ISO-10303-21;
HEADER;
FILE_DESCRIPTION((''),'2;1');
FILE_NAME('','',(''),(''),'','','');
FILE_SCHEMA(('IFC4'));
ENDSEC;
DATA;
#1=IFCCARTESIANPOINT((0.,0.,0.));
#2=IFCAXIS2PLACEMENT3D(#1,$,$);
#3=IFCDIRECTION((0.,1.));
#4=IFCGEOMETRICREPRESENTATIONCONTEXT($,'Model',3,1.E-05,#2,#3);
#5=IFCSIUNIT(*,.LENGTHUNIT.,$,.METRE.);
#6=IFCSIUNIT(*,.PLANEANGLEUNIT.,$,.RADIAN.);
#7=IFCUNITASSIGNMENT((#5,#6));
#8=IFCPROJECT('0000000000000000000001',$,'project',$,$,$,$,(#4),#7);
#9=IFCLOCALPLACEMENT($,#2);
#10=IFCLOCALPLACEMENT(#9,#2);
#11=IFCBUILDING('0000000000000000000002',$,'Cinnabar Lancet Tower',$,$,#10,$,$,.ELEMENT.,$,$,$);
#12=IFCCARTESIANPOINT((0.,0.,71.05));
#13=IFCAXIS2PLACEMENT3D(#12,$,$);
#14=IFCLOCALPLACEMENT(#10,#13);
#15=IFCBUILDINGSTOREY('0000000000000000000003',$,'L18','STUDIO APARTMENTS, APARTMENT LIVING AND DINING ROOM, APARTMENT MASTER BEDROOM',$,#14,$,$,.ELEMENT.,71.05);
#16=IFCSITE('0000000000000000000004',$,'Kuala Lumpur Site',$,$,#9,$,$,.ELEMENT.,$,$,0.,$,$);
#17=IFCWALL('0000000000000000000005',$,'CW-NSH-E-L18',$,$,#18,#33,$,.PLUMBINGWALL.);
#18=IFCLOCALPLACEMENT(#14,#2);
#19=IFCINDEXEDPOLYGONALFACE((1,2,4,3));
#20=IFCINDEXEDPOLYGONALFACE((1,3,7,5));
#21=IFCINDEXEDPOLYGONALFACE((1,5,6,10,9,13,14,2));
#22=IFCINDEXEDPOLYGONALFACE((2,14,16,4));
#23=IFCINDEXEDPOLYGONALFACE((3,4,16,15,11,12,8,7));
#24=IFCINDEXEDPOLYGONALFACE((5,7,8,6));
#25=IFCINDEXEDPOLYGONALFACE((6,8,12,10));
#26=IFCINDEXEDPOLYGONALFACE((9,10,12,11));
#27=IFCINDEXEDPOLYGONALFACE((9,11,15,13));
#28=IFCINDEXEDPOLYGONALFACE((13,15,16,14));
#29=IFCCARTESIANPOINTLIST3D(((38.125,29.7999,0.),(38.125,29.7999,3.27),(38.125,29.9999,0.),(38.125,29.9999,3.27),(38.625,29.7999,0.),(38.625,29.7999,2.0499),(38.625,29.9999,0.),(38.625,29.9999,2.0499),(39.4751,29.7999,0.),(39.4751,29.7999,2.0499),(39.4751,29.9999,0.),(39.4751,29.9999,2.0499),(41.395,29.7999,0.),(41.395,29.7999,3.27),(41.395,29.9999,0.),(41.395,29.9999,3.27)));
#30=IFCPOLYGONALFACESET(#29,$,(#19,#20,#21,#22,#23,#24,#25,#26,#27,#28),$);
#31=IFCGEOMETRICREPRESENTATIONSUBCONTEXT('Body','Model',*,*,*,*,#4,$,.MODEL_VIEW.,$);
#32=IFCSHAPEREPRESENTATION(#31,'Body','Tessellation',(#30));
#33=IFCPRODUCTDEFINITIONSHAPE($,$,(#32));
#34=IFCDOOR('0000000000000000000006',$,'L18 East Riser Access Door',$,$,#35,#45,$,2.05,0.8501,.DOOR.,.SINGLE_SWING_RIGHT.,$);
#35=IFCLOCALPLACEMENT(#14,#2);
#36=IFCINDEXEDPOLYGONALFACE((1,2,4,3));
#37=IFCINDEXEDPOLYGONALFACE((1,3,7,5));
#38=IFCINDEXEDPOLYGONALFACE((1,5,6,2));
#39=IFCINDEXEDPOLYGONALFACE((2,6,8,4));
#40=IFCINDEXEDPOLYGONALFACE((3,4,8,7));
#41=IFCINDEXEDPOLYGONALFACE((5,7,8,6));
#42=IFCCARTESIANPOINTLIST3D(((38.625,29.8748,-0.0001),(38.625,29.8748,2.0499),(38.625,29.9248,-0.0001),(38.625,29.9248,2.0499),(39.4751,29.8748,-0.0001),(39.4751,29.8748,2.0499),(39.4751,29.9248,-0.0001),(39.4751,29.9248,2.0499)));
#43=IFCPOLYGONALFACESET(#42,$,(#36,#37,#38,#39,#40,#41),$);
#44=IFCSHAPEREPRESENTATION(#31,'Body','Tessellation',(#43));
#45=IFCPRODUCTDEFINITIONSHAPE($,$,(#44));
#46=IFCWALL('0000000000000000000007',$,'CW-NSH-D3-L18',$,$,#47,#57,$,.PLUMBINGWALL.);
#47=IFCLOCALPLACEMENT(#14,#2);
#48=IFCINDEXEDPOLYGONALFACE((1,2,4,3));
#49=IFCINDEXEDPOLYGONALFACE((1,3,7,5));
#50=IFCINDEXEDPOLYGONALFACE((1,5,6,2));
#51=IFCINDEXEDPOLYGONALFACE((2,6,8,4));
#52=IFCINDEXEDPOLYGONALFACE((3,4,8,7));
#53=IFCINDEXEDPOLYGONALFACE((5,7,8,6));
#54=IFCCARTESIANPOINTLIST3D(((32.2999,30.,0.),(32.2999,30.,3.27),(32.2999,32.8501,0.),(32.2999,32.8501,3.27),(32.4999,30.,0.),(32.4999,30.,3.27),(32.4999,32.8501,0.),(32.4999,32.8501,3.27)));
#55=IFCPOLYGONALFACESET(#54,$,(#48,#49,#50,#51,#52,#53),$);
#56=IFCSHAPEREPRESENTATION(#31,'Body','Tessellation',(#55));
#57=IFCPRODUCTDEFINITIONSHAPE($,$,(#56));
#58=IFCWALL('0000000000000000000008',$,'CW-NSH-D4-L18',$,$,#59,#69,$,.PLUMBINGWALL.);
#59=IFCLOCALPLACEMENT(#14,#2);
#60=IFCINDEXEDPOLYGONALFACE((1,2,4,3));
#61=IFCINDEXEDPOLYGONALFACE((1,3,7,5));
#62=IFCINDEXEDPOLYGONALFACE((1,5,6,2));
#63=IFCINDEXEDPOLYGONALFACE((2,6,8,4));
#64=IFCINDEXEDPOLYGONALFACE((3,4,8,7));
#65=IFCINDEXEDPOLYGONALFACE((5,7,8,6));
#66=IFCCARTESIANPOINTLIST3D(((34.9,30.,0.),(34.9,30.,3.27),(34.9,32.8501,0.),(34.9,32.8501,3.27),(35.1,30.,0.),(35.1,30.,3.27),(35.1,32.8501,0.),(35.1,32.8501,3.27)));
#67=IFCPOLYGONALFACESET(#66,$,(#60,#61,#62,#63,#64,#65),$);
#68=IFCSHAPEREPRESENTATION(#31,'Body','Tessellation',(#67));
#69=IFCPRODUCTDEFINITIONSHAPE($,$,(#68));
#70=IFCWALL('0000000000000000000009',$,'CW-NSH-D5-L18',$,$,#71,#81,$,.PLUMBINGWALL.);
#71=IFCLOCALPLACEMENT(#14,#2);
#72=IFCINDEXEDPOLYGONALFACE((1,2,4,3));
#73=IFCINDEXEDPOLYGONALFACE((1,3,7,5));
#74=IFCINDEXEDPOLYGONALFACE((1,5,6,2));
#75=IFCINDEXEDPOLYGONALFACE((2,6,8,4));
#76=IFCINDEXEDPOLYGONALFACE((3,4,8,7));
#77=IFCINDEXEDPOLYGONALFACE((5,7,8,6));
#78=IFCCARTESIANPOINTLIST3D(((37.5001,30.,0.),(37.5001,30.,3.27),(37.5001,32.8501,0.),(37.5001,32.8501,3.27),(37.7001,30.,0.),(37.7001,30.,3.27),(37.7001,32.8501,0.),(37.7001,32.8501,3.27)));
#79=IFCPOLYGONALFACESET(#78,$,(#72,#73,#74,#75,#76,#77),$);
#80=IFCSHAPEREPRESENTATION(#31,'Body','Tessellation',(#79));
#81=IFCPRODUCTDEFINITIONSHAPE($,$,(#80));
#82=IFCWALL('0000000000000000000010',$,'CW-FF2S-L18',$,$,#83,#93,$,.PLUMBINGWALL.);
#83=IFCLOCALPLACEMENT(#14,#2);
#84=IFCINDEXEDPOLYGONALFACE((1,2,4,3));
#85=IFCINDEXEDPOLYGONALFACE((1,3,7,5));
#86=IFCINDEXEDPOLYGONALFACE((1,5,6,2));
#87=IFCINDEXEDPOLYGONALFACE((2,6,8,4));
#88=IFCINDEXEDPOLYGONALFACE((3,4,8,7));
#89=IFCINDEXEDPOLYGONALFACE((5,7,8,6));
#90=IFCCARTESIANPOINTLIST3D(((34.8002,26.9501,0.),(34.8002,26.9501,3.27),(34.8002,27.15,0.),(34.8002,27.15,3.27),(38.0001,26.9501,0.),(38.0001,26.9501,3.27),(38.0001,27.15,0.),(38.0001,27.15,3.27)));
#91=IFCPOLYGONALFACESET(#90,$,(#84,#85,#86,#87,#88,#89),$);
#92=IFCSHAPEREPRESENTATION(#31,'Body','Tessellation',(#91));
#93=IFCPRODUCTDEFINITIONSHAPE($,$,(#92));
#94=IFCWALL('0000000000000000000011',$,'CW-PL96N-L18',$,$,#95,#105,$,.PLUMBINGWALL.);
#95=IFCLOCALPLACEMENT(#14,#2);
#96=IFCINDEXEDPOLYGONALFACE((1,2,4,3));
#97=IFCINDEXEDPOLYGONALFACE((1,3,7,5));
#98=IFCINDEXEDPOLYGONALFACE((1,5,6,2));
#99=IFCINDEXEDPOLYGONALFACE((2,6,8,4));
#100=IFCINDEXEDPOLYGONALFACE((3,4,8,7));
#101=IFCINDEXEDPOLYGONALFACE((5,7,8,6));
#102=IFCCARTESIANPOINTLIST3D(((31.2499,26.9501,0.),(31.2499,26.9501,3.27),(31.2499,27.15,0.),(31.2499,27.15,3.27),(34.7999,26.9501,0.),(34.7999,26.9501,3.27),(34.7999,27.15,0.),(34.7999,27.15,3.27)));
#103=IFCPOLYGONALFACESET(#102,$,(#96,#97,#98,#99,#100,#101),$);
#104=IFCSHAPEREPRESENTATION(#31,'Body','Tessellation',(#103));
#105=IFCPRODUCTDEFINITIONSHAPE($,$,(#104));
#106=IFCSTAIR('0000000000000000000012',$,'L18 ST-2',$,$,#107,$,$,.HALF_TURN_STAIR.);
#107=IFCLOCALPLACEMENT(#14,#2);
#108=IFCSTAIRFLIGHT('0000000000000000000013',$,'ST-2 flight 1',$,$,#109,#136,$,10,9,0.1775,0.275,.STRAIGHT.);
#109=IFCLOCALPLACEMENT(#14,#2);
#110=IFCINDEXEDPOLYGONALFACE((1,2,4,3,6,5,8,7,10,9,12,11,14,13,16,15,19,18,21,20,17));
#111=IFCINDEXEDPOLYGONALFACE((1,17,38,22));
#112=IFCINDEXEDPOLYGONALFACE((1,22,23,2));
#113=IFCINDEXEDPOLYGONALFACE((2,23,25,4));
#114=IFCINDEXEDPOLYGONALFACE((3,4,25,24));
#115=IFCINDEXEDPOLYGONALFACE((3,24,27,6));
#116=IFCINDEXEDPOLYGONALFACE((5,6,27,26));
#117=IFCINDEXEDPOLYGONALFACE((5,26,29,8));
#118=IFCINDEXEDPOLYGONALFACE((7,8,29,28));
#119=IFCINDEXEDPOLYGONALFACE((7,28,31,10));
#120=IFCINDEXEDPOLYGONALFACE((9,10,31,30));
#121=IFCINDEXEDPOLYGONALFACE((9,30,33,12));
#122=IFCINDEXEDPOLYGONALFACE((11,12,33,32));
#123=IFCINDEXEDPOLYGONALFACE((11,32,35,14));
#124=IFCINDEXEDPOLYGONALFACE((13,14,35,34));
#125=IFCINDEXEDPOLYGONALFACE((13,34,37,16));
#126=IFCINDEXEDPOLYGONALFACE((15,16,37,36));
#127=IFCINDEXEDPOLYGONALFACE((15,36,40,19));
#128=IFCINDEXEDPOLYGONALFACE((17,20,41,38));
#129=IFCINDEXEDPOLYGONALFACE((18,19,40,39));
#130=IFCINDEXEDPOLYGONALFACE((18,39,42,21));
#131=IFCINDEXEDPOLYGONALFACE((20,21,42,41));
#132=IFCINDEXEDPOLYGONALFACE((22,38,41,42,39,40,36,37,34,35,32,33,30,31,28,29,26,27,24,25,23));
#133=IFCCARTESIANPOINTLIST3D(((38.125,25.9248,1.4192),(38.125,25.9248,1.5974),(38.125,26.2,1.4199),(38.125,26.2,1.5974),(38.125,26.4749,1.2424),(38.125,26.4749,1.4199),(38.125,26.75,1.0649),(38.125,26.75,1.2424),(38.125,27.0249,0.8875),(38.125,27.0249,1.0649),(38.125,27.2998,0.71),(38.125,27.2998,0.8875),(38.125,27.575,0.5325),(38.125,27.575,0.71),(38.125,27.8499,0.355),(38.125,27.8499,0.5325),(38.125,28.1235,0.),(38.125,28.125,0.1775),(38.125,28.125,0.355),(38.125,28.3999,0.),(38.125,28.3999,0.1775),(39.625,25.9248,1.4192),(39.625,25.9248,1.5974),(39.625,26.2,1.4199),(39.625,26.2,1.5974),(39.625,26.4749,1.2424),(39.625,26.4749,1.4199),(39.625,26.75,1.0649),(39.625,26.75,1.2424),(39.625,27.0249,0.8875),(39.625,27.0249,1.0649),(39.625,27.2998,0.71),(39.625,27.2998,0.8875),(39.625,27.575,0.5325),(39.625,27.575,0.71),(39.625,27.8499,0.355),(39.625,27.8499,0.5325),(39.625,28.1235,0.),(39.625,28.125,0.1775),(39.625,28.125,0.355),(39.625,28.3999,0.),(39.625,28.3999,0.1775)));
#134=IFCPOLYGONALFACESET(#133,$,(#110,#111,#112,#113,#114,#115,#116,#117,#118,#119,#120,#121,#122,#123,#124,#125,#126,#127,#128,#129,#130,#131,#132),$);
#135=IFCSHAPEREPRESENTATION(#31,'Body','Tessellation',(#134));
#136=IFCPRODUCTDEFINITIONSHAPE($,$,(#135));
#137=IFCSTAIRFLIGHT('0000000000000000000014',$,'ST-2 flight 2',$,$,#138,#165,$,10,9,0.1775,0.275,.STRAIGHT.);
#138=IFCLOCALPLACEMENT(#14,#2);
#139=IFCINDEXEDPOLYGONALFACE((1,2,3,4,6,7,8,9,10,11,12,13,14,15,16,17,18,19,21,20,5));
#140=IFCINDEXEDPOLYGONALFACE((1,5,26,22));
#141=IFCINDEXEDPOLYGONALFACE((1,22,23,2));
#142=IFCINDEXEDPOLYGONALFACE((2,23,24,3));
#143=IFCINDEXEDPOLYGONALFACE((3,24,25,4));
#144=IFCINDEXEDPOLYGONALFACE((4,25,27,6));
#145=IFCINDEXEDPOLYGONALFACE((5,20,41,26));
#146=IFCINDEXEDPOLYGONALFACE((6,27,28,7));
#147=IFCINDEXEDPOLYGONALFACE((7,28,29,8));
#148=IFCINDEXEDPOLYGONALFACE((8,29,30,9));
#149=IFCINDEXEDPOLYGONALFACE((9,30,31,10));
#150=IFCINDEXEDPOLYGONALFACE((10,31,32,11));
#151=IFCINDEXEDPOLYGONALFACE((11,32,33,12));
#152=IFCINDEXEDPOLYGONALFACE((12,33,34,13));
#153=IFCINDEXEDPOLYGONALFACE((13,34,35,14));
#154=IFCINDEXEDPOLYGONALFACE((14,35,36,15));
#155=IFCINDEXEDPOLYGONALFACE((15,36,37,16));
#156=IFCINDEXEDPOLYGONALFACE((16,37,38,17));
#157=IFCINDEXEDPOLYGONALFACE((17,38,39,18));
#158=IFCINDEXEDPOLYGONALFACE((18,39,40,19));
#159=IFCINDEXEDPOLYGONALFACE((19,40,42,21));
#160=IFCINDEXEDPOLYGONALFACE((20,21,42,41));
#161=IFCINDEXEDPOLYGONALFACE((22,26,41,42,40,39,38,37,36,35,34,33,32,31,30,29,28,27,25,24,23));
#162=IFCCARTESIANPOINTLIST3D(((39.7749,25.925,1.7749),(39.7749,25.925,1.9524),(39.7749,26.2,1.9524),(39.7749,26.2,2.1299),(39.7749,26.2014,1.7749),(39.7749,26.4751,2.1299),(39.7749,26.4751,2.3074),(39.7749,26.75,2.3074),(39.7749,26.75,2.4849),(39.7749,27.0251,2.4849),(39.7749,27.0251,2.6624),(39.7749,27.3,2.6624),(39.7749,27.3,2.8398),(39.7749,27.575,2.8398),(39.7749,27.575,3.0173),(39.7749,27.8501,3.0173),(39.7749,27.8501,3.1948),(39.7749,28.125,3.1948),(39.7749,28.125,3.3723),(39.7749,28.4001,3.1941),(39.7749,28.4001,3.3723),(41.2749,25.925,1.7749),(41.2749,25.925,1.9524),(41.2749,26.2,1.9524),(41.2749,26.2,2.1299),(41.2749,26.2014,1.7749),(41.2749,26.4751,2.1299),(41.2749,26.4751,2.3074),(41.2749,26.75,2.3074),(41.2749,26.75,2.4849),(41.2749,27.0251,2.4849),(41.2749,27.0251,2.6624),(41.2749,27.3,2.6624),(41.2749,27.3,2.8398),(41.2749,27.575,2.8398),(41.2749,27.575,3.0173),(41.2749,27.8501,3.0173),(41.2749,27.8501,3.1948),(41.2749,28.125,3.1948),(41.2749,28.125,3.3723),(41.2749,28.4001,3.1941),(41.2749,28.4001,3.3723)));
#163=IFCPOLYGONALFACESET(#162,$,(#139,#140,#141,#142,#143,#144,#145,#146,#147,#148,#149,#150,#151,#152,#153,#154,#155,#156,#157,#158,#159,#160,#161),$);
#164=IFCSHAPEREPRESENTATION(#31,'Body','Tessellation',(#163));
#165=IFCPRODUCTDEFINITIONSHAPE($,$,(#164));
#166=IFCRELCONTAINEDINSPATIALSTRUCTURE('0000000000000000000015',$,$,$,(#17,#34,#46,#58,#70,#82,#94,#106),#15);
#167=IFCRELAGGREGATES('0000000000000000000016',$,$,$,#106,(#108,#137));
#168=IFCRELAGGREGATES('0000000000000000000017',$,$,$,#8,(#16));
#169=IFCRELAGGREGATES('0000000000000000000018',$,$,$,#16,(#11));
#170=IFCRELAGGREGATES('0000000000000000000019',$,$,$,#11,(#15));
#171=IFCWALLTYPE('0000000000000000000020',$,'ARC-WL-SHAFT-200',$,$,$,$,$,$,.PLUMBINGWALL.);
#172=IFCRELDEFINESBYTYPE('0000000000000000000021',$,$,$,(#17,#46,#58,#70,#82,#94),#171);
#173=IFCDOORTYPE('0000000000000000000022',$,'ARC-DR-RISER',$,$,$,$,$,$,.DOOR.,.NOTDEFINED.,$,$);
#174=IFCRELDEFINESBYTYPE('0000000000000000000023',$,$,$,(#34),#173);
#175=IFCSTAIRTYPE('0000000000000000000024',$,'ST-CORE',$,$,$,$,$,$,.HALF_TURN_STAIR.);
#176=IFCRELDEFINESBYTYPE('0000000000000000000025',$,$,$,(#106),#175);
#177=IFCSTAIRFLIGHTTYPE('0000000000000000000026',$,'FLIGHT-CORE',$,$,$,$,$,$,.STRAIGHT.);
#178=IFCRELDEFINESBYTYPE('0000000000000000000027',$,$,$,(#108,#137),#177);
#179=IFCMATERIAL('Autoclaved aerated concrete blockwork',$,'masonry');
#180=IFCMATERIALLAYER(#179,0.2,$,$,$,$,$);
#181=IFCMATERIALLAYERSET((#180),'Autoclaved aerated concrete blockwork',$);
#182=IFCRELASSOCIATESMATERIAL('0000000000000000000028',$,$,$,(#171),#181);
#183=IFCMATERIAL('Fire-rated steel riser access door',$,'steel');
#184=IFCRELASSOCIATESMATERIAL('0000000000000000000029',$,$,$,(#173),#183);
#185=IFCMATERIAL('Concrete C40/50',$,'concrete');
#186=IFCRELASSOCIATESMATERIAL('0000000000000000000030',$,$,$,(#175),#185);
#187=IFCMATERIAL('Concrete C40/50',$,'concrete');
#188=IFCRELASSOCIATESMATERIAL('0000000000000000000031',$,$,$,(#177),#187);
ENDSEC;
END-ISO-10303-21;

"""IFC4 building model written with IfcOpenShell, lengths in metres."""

from ifc_helpers import new_model, si_unit, direction, frame, frame_2d, origin, place, context, subcontext, project, spatial, polyline, rectangle, outline, extrude, material, layer, layer_set, type_object, element, fill, aggregate, save


model = new_model("IFC4")

# Units and contexts
model_context = context("Model", 3, precision=1e-05, world=origin(), true_north=direction((0.0, 1.0)))
body_context = subcontext(model_context, "Body", "Model", "MODEL_VIEW")
ifc_project = project(units=[si_unit("LENGTHUNIT", "METRE"), si_unit("PLANEANGLEUNIT", "RADIAN")], contexts=[model_context])

# Site, building, storey
site_placement = place(None, origin())
site = spatial("IfcSite", under=ifc_project, at=site_placement, Name="Kuala Lumpur Site", CompositionType="ELEMENT", RefElevation=0.0)
building_placement = place(site_placement, origin())
building = spatial("IfcBuilding", under=site, at=building_placement, Name="Cinnabar Lancet Tower", CompositionType="ELEMENT")
storey_placement = place(building_placement, frame((0.0, 0.0, 71.05)))
storey = spatial("IfcBuildingStorey", under=building, at=storey_placement, Name="L18", Description="STUDIO APARTMENTS, APARTMENT LIVING AND DINING ROOM, APARTMENT MASTER BEDROOM", CompositionType="ELEMENT", Elevation=71.05)

# Wall, opening, door
ifc_material_1 = material(Name="Autoclaved aerated concrete blockwork", Category="masonry")
ifc_layer_1 = layer(ifc_material_1, 0.2)
ifc_layer_set_1 = layer_set([ifc_layer_1], Name="Autoclaved aerated concrete blockwork")
wall_type_1 = type_object("IfcWallType", Name="ARC-WL-SHAFT-200", PredefinedType="PLUMBINGWALL", material=ifc_layer_set_1)
wall_1_placement = place(storey_placement, frame((38.125, 29.8999, 0.0), z_axis=(0.0, 0.0, 1.0), x_axis=(1.0, 0.0, 0.0)))
wall_1 = element("IfcWall", 1, at=wall_1_placement, inside=storey, type_object=wall_type_1, Name="CW-NSH-E-L18", PredefinedType="PLUMBINGWALL", context=body_context, shape_type="SweptSolid", body=[
    extrude(rectangle(XDim=3.27, YDim=0.2, at=frame_2d((1.635, 0.0))), origin(), (0.0, 0.0, 1.0), 3.27),
])
opening_1_placement = place(wall_1_placement, frame((0.5, 0.0, 0.0)))
opening_1 = element("IfcOpeningElement", 2, at=opening_1_placement, cuts=wall_1, PredefinedType="OPENING", context=body_context, shape_type="SweptSolid", body=[
    extrude(rectangle(XDim=0.8501, YDim=2.05, at=frame_2d((0.425, 1.0249))), frame((0.0, 0.1099, 0.0), z_axis=(0.0, -1.0, 0.0), x_axis=(1.0, 0.0, 0.0)), (0.0, 0.0, 1.0), 0.22),
])
ifc_material_2 = material(Name="Fire-rated steel riser access door", Category="steel")
door_type_1 = type_object("IfcDoorType", Name="ARC-DR-RISER", OperationType="NOTDEFINED", PredefinedType="DOOR", material=ifc_material_2)
door_1_placement = place(opening_1_placement, origin())
door_1 = element("IfcDoor", 3, at=door_1_placement, inside=storey, type_object=door_type_1, Name="L18 East Riser Access Door", OperationType="SINGLE_SWING_RIGHT", OverallHeight=2.05, OverallWidth=0.8501, PredefinedType="DOOR", context=body_context, shape_type="SweptSolid", body=[
    extrude(rectangle(XDim=0.8501, YDim=2.05, at=frame_2d((0.425, 1.0249))), frame((0.0, 0.0249, 0.0), z_axis=(0.0, -1.0, 0.0), x_axis=(1.0, 0.0, 0.0)), (0.0, 0.0, 1.0), 0.05),
])
fill(opening_1, door_1)

# Walls
for number, where, z_axis, x_axis, name in (
    (4, (32.3999, 30.0, 0.0), (0.0, 0.0, 1.0), (0.0, 1.0, 0.0), "CW-NSH-D3-L18"),
    (5, (35.0, 30.0, 0.0), (0.0, 0.0, 1.0), (0.0, 1.0, 0.0), "CW-NSH-D4-L18"),
    (6, (37.6001, 30.0, 0.0), (0.0, 0.0, 1.0), (0.0, 1.0, 0.0), "CW-NSH-D5-L18"),
):
    element("IfcWall", number, at=place(storey_placement, frame(where, z_axis=z_axis, x_axis=x_axis)), inside=storey, type_object=wall_type_1, Name=name, PredefinedType="PLUMBINGWALL", context=body_context, shape_type="SweptSolid", body=[
        extrude(rectangle(XDim=2.8501, YDim=0.2, at=frame_2d((1.425, 0.0))), origin(), (0.0, 0.0, 1.0), 3.27),
    ])

# Walls
wall_2_placement = place(storey_placement, frame((34.8, 27.05, 0.0), z_axis=(0.0, 0.0, 1.0), x_axis=(1.0, 0.0, 0.0)))
element("IfcWall", 7, at=wall_2_placement, inside=storey, type_object=wall_type_1, Name="CW-FF2S-L18", PredefinedType="PLUMBINGWALL", context=body_context, shape_type="SweptSolid", body=[
    extrude(rectangle(XDim=3.2, YDim=0.2, at=frame_2d((1.6001, 0.0))), origin(), (0.0, 0.0, 1.0), 3.27),
])
wall_3_placement = place(storey_placement, frame((31.25, 27.05, 0.0), z_axis=(0.0, 0.0, 1.0), x_axis=(1.0, 0.0, 0.0)))
element("IfcWall", 8, at=wall_3_placement, inside=storey, type_object=wall_type_1, Name="CW-PL96N-L18", PredefinedType="PLUMBINGWALL", context=body_context, shape_type="SweptSolid", body=[
    extrude(rectangle(XDim=3.55, YDim=0.2, at=frame_2d((1.7749, 0.0))), origin(), (0.0, 0.0, 1.0), 3.27),
])

# Stair, stair flights
ifc_material_3 = material(Name="Concrete C40/50", Category="concrete")
stair_type = type_object("IfcStairType", Name="ST-CORE", PredefinedType="HALF_TURN_STAIR", material=ifc_material_3)
stair_placement = place(storey_placement, origin())
stair = element("IfcStair", 9, at=stair_placement, inside=storey, type_object=stair_type, Name="L18 ST-2", PredefinedType="HALF_TURN_STAIR")
ifc_material_4 = material(Name="Concrete C40/50", Category="concrete")
stair_flight_type = type_object("IfcStairFlightType", Name="FLIGHT-CORE", PredefinedType="STRAIGHT", material=ifc_material_4)
stair_flight_1_placement = place(storey_placement, frame((38.875, 28.3999, 0.0), z_axis=(0.0, 0.0, 1.0), x_axis=(0.0, -1.0, 0.0)))
stair_flight_1 = element("IfcStairFlight", 10, at=stair_flight_1_placement, type_object=stair_flight_type, Name="ST-2 flight 1", NumberOfRisers=10, NumberOfTreads=9, PredefinedType="STRAIGHT", RiserHeight=0.1775, TreadLength=0.275, context=body_context, shape_type="SweptSolid", body=[
    extrude(outline(polyline([(0.0, 0.0), (0.0, 0.1775), (0.2749, 0.1775), (0.2749, 0.355), (0.55, 0.355), (0.55, 0.5325), (0.825, 0.5325), (0.825, 0.71), (1.1001, 0.71), (1.1001, 0.8875), (1.375, 0.8875), (1.375, 1.0649), (1.6499, 1.0649), (1.6499, 1.2424), (1.925, 1.2424), (1.925, 1.4199), (2.2, 1.4199), (2.2, 1.5974), (2.4751, 1.5974), (2.4751, 1.7749), (2.4751, 1.4192), (0.2764, 0.0), (0.0, 0.0)])), frame((0.0, 0.75, 0.0), z_axis=(0.0, -1.0, 0.0), x_axis=(1.0, 0.0, 0.0)), (0.0, 0.0, 1.0), 1.5),
])
stair_flight_2_placement = place(storey_placement, frame((40.5249, 25.925, 1.7749), z_axis=(0.0, 0.0, 1.0), x_axis=(0.0, 1.0, 0.0)))
stair_flight_2 = element("IfcStairFlight", 11, at=stair_flight_2_placement, type_object=stair_flight_type, Name="ST-2 flight 2", NumberOfRisers=10, NumberOfTreads=9, PredefinedType="STRAIGHT", RiserHeight=0.1775, TreadLength=0.275, context=body_context, shape_type="SweptSolid", body=[
    extrude(outline(polyline([(0.0, 0.0), (0.0, 0.1775), (0.2749, 0.1775), (0.2749, 0.355), (0.55, 0.355), (0.55, 0.5325), (0.825, 0.5325), (0.825, 0.71), (1.1001, 0.71), (1.1001, 0.8875), (1.375, 0.8875), (1.375, 1.0649), (1.6499, 1.0649), (1.6499, 1.2424), (1.925, 1.2424), (1.925, 1.4199), (2.2, 1.4199), (2.2, 1.5974), (2.4751, 1.5974), (2.4751, 1.7749), (2.4751, 1.4192), (0.2764, 0.0), (0.0, 0.0)])), frame((0.0, 0.75, 0.0), z_axis=(0.0, -1.0, 0.0), x_axis=(1.0, 0.0, 0.0)), (0.0, 0.0, 1.0), 1.5),
])
aggregate(stair, [stair_flight_1, stair_flight_2])

save(model, "model.ifc")
